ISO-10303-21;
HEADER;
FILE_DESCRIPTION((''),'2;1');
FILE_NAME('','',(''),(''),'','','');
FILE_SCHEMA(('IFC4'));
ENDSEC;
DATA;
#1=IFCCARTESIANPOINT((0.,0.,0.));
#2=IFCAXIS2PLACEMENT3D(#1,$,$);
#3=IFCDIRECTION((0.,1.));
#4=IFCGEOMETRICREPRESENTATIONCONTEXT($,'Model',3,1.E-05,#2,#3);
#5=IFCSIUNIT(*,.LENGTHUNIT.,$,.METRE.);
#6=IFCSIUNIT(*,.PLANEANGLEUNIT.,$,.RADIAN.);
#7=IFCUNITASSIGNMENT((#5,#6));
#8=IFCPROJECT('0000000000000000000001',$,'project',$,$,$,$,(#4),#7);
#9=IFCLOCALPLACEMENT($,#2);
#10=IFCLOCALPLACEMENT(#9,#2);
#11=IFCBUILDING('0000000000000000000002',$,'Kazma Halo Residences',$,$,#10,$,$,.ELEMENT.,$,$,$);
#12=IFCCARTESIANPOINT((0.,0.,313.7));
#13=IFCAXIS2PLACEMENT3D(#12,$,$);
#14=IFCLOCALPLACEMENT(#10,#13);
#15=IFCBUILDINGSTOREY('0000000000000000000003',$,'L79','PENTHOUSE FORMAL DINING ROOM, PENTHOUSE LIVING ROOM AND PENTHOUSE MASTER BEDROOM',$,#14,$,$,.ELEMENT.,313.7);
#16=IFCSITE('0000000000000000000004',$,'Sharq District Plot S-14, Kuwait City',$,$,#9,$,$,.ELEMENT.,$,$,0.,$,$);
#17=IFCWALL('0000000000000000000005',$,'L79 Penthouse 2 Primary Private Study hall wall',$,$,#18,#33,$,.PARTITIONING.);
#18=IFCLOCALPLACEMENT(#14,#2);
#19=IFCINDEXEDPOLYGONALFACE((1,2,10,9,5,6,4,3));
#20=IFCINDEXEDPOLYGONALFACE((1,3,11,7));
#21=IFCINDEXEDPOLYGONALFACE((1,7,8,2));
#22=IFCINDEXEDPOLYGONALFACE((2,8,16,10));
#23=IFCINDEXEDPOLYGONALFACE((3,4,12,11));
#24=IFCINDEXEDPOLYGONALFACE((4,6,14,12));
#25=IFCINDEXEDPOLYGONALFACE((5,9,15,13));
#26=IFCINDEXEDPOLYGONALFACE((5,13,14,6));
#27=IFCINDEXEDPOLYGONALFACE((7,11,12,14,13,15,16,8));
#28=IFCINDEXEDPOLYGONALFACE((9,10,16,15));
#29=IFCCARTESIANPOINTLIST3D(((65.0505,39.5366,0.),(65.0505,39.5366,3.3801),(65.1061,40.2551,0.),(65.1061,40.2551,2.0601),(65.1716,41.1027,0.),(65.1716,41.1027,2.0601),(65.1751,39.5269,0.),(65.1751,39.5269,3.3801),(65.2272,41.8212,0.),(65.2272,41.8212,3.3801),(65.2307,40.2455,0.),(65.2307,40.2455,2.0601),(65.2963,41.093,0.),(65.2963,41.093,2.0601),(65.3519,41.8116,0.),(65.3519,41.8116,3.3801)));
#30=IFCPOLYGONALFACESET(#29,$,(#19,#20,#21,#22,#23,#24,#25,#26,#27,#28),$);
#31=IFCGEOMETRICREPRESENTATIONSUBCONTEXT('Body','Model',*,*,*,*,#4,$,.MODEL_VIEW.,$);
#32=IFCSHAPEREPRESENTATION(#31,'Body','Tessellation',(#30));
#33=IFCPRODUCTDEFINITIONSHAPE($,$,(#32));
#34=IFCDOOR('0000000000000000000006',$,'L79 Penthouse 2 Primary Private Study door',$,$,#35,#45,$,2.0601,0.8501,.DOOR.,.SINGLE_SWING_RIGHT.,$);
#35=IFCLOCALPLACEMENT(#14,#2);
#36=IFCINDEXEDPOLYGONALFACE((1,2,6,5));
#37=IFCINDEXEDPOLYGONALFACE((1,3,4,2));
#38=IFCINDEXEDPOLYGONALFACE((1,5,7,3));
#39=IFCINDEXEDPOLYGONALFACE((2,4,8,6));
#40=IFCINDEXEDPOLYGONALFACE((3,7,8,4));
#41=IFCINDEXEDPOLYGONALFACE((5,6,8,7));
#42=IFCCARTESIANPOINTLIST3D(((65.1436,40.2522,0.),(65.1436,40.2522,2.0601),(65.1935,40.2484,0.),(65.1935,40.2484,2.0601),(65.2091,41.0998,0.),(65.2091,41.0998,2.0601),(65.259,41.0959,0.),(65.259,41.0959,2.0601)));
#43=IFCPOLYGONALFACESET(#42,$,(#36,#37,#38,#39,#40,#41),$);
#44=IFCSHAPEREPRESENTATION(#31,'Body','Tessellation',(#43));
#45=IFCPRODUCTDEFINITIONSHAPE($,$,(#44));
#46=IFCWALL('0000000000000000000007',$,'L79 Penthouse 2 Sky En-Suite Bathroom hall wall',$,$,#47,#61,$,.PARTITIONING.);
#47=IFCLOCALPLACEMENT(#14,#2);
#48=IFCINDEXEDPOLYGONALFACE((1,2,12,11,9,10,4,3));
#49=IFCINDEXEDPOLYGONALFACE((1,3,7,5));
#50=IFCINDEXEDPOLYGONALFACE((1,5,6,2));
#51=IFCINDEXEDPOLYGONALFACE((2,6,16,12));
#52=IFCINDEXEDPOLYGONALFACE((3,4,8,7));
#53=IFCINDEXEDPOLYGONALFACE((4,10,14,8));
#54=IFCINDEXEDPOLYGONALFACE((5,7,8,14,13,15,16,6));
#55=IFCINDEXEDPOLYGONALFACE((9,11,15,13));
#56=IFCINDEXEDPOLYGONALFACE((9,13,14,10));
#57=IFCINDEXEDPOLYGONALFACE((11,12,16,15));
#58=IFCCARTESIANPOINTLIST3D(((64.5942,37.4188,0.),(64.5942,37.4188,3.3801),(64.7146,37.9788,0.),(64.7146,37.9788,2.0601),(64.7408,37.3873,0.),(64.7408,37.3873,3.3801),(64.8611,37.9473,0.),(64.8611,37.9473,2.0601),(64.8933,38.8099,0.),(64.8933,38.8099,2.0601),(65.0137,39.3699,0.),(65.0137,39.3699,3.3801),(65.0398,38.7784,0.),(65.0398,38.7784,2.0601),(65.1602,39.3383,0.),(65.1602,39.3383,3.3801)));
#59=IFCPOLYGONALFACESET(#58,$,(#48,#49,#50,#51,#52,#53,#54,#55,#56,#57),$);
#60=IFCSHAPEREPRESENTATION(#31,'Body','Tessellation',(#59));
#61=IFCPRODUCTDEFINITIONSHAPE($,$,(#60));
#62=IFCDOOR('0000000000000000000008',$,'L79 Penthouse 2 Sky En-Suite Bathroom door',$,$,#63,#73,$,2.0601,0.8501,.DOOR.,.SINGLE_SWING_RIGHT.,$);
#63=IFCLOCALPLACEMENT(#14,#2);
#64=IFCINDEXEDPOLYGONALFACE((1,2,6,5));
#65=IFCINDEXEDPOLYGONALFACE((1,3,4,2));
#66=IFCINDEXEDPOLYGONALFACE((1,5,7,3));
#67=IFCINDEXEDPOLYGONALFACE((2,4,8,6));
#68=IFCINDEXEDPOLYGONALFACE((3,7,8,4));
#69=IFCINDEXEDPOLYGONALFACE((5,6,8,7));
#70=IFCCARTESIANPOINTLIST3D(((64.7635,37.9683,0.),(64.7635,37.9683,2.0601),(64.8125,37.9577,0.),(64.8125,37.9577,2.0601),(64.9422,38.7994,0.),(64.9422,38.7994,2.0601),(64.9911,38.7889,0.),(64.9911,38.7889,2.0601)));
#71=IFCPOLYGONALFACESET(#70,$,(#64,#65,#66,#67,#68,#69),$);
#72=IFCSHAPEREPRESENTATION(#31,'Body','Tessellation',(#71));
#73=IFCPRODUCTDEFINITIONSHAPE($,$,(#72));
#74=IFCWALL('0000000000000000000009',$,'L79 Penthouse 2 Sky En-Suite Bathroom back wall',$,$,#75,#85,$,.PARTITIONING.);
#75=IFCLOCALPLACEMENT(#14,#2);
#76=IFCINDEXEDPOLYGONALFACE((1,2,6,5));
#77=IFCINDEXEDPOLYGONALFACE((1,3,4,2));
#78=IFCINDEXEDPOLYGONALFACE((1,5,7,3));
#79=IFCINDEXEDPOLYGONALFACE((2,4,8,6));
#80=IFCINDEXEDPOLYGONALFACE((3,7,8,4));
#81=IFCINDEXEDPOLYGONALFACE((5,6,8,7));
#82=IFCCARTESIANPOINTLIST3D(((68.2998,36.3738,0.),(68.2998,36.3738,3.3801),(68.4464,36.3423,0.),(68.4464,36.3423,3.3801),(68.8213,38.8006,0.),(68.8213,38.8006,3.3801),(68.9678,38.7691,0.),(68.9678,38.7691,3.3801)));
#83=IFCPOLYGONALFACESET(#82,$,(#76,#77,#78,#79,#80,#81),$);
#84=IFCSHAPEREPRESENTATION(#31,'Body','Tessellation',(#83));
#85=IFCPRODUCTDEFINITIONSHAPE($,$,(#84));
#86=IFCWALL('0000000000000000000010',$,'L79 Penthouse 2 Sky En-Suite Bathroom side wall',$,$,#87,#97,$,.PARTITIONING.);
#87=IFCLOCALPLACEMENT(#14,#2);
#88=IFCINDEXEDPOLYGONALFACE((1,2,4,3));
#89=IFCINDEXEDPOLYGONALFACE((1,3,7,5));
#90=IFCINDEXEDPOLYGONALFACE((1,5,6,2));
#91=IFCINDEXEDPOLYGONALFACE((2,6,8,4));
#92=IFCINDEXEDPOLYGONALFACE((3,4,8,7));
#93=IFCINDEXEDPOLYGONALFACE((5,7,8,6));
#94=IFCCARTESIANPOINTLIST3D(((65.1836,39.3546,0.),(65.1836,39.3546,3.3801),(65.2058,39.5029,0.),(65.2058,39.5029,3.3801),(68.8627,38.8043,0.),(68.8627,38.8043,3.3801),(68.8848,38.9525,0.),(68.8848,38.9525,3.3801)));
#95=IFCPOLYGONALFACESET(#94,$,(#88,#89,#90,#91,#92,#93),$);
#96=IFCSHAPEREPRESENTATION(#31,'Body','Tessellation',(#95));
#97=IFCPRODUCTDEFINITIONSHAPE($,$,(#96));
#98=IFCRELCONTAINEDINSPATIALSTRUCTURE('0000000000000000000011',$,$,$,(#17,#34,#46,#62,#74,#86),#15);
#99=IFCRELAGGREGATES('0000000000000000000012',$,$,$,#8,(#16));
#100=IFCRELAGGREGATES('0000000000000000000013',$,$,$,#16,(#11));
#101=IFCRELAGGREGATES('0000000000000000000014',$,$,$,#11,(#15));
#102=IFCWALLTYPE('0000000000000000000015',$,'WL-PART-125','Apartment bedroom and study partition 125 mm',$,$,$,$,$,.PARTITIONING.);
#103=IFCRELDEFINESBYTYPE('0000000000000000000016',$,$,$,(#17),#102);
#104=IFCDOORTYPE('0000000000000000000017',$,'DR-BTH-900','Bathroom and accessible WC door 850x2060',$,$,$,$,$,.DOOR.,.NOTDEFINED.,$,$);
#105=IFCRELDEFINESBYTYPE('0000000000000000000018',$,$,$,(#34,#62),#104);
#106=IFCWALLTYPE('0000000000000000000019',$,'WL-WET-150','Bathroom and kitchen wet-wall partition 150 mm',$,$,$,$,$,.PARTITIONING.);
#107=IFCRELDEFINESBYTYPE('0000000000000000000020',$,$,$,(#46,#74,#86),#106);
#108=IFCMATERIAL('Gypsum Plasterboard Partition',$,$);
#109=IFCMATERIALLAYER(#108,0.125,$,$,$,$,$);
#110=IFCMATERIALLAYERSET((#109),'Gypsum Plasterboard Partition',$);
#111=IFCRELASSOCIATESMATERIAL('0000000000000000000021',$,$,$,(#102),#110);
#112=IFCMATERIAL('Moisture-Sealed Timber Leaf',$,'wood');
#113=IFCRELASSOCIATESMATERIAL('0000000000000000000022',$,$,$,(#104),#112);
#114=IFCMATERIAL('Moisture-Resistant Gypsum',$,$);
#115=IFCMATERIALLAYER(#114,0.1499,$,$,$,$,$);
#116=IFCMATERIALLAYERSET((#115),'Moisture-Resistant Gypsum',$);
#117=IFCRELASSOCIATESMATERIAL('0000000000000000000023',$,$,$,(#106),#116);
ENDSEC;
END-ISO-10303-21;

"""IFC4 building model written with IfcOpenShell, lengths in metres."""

from ifc_helpers import new_model, si_unit, direction, frame, frame_2d, origin, place, context, subcontext, project, spatial, rectangle, extrude, material, layer, layer_set, type_object, element, fill, save


model = new_model("IFC4")

# Units and contexts
model_context = context("Model", 3, precision=1e-05, world=origin(), true_north=direction((0.0, 1.0)))
body_context = subcontext(model_context, "Body", "Model", "MODEL_VIEW")
ifc_project = project(units=[si_unit("LENGTHUNIT", "METRE"), si_unit("PLANEANGLEUNIT", "RADIAN")], contexts=[model_context])

# Site, building, storey
site_placement = place(None, origin())
site = spatial("IfcSite", under=ifc_project, at=site_placement, Name="Sharq District Plot S-14, Kuwait City", CompositionType="ELEMENT", RefElevation=0.0)
building_placement = place(site_placement, origin())
building = spatial("IfcBuilding", under=site, at=building_placement, Name="Kazma Halo Residences", CompositionType="ELEMENT")
storey_placement = place(building_placement, frame((0.0, 0.0, 313.7)))
storey = spatial("IfcBuildingStorey", under=building, at=storey_placement, Name="L79", Description="PENTHOUSE FORMAL DINING ROOM, PENTHOUSE LIVING ROOM AND PENTHOUSE MASTER BEDROOM", CompositionType="ELEMENT", Elevation=313.7)

# Shared definitions
ifc_material_1 = material(Name="Gypsum Plasterboard Partition")
ifc_layer_1 = layer(ifc_material_1, 0.125)
ifc_layer_set_1 = layer_set([ifc_layer_1], Name="Gypsum Plasterboard Partition")
wall_type_1 = type_object("IfcWallType", Name="WL-PART-125", Description="Apartment bedroom and study partition 125 mm", PredefinedType="PARTITIONING", material=ifc_layer_set_1)

# Walls, openings, doors
ifc_material_2 = material(Name="Moisture-Sealed Timber Leaf", Category="wood")
door_type_1 = type_object("IfcDoorType", Name="DR-BTH-900", Description="Bathroom and accessible WC door 850x2060", OperationType="NOTDEFINED", PredefinedType="DOOR", material=ifc_material_2)
wall_1_placement = place(storey_placement, frame((65.1128, 39.5317, 0.0), z_axis=(0.0, 0.0, 1.0), x_axis=(0.077136, 0.997021, 0.0)))
wall_1 = element("IfcWall", 1, at=wall_1_placement, inside=storey, type_object=wall_type_1, Name="L79 Penthouse 2 Primary Private Study hall wall", PredefinedType="PARTITIONING", context=body_context, shape_type="SweptSolid", body=[
    extrude(rectangle(XDim=2.2915, YDim=0.125, at=frame_2d((1.1458, 0.0))), origin(), (0.0, 0.0, 1.0), 3.3801),
])
opening_1_placement = place(wall_1_placement, frame((0.7207, 0.0, 0.0)))
opening_1 = element("IfcOpeningElement", 2, at=opening_1_placement, cuts=wall_1, PredefinedType="OPENING", context=body_context, shape_type="SweptSolid", body=[
    extrude(rectangle(XDim=0.8501, YDim=2.0601, at=frame_2d((0.425, 1.03))), frame((0.0, 0.0725, 0.0), z_axis=(0.0, -1.0, 0.0), x_axis=(1.0, 0.0, 0.0)), (0.0, 0.0, 1.0), 0.145),
])
door_1_placement = place(opening_1_placement, origin())
door_1 = element("IfcDoor", 3, at=door_1_placement, inside=storey, type_object=door_type_1, Name="L79 Penthouse 2 Primary Private Study door", OperationType="SINGLE_SWING_RIGHT", OverallHeight=2.0601, OverallWidth=0.8501, PredefinedType="DOOR", context=body_context, shape_type="SweptSolid", body=[
    extrude(rectangle(XDim=0.8501, YDim=2.0601, at=frame_2d((0.425, 1.03))), frame((0.0, 0.0249, 0.0), z_axis=(0.0, -1.0, 0.0), x_axis=(1.0, 0.0, 0.0)), (0.0, 0.0, 1.0), 0.05),
])
fill(opening_1, door_1)
ifc_material_3 = material(Name="Moisture-Resistant Gypsum")
ifc_layer_2 = layer(ifc_material_3, 0.1499)
ifc_layer_set_2 = layer_set([ifc_layer_2], Name="Moisture-Resistant Gypsum")
wall_type_2 = type_object("IfcWallType", Name="WL-WET-150", Description="Bathroom and kitchen wet-wall partition 150 mm", PredefinedType="PARTITIONING", material=ifc_layer_set_2)
wall_2_placement = place(storey_placement, frame((64.6675, 37.4031, 0.0), z_axis=(0.0, 0.0, 1.0), x_axis=(0.210189, 0.977661, 0.0)))
wall_2 = element("IfcWall", 4, at=wall_2_placement, inside=storey, type_object=wall_type_2, Name="L79 Penthouse 2 Sky En-Suite Bathroom hall wall", PredefinedType="PARTITIONING", context=body_context, shape_type="SweptSolid", body=[
    extrude(rectangle(XDim=1.9956, YDim=0.1499, at=frame_2d((0.9978, 0.0))), origin(), (0.0, 0.0, 1.0), 3.3801),
])
opening_2_placement = place(wall_2_placement, frame((0.5728, 0.0, 0.0)))
opening_2 = element("IfcOpeningElement", 5, at=opening_2_placement, cuts=wall_2, PredefinedType="OPENING", context=body_context, shape_type="SweptSolid", body=[
    extrude(rectangle(XDim=0.8501, YDim=2.0601, at=frame_2d((0.425, 1.03))), frame((0.0, 0.085, 0.0), z_axis=(0.0, -1.0, 0.0), x_axis=(1.0, 0.0, 0.0)), (0.0, 0.0, 1.0), 0.1699),
])
door_2_placement = place(opening_2_placement, origin())
door_2 = element("IfcDoor", 6, at=door_2_placement, inside=storey, type_object=door_type_1, Name="L79 Penthouse 2 Sky En-Suite Bathroom door", OperationType="SINGLE_SWING_RIGHT", OverallHeight=2.0601, OverallWidth=0.8501, PredefinedType="DOOR", context=body_context, shape_type="SweptSolid", body=[
    extrude(rectangle(XDim=0.8501, YDim=2.0601, at=frame_2d((0.425, 1.03))), frame((0.0, 0.0249, 0.0), z_axis=(0.0, -1.0, 0.0), x_axis=(1.0, 0.0, 0.0)), (0.0, 0.0, 1.0), 0.05),
])
fill(opening_2, door_2)

# Walls
wall_3_placement = place(storey_placement, frame((68.373, 36.3579, 0.0), z_axis=(0.0, 0.0, 1.0), x_axis=(0.210093, 0.977681, 0.0)))
element("IfcWall", 7, at=wall_3_placement, inside=storey, type_object=wall_type_2, Name="L79 Penthouse 2 Sky En-Suite Bathroom back wall", PredefinedType="PARTITIONING", context=body_context, shape_type="SweptSolid", body=[
    extrude(rectangle(XDim=2.4822, YDim=0.1499, at=frame_2d((1.2412, 0.0))), origin(), (0.0, 0.0, 1.0), 3.3801),
])
wall_4_placement = place(storey_placement, frame((65.1948, 39.4287, 0.0), z_axis=(0.0, 0.0, 1.0), x_axis=(0.988997, -0.147933, 0.0)))
element("IfcWall", 8, at=wall_4_placement, inside=storey, type_object=wall_type_2, Name="L79 Penthouse 2 Sky En-Suite Bathroom side wall", PredefinedType="PARTITIONING", context=body_context, shape_type="SweptSolid", body=[
    extrude(rectangle(XDim=3.72, YDim=0.1499, at=frame_2d((1.8599, 0.0))), origin(), (0.0, 0.0, 1.0), 3.3801),
])

save(model, "model.ifc")
